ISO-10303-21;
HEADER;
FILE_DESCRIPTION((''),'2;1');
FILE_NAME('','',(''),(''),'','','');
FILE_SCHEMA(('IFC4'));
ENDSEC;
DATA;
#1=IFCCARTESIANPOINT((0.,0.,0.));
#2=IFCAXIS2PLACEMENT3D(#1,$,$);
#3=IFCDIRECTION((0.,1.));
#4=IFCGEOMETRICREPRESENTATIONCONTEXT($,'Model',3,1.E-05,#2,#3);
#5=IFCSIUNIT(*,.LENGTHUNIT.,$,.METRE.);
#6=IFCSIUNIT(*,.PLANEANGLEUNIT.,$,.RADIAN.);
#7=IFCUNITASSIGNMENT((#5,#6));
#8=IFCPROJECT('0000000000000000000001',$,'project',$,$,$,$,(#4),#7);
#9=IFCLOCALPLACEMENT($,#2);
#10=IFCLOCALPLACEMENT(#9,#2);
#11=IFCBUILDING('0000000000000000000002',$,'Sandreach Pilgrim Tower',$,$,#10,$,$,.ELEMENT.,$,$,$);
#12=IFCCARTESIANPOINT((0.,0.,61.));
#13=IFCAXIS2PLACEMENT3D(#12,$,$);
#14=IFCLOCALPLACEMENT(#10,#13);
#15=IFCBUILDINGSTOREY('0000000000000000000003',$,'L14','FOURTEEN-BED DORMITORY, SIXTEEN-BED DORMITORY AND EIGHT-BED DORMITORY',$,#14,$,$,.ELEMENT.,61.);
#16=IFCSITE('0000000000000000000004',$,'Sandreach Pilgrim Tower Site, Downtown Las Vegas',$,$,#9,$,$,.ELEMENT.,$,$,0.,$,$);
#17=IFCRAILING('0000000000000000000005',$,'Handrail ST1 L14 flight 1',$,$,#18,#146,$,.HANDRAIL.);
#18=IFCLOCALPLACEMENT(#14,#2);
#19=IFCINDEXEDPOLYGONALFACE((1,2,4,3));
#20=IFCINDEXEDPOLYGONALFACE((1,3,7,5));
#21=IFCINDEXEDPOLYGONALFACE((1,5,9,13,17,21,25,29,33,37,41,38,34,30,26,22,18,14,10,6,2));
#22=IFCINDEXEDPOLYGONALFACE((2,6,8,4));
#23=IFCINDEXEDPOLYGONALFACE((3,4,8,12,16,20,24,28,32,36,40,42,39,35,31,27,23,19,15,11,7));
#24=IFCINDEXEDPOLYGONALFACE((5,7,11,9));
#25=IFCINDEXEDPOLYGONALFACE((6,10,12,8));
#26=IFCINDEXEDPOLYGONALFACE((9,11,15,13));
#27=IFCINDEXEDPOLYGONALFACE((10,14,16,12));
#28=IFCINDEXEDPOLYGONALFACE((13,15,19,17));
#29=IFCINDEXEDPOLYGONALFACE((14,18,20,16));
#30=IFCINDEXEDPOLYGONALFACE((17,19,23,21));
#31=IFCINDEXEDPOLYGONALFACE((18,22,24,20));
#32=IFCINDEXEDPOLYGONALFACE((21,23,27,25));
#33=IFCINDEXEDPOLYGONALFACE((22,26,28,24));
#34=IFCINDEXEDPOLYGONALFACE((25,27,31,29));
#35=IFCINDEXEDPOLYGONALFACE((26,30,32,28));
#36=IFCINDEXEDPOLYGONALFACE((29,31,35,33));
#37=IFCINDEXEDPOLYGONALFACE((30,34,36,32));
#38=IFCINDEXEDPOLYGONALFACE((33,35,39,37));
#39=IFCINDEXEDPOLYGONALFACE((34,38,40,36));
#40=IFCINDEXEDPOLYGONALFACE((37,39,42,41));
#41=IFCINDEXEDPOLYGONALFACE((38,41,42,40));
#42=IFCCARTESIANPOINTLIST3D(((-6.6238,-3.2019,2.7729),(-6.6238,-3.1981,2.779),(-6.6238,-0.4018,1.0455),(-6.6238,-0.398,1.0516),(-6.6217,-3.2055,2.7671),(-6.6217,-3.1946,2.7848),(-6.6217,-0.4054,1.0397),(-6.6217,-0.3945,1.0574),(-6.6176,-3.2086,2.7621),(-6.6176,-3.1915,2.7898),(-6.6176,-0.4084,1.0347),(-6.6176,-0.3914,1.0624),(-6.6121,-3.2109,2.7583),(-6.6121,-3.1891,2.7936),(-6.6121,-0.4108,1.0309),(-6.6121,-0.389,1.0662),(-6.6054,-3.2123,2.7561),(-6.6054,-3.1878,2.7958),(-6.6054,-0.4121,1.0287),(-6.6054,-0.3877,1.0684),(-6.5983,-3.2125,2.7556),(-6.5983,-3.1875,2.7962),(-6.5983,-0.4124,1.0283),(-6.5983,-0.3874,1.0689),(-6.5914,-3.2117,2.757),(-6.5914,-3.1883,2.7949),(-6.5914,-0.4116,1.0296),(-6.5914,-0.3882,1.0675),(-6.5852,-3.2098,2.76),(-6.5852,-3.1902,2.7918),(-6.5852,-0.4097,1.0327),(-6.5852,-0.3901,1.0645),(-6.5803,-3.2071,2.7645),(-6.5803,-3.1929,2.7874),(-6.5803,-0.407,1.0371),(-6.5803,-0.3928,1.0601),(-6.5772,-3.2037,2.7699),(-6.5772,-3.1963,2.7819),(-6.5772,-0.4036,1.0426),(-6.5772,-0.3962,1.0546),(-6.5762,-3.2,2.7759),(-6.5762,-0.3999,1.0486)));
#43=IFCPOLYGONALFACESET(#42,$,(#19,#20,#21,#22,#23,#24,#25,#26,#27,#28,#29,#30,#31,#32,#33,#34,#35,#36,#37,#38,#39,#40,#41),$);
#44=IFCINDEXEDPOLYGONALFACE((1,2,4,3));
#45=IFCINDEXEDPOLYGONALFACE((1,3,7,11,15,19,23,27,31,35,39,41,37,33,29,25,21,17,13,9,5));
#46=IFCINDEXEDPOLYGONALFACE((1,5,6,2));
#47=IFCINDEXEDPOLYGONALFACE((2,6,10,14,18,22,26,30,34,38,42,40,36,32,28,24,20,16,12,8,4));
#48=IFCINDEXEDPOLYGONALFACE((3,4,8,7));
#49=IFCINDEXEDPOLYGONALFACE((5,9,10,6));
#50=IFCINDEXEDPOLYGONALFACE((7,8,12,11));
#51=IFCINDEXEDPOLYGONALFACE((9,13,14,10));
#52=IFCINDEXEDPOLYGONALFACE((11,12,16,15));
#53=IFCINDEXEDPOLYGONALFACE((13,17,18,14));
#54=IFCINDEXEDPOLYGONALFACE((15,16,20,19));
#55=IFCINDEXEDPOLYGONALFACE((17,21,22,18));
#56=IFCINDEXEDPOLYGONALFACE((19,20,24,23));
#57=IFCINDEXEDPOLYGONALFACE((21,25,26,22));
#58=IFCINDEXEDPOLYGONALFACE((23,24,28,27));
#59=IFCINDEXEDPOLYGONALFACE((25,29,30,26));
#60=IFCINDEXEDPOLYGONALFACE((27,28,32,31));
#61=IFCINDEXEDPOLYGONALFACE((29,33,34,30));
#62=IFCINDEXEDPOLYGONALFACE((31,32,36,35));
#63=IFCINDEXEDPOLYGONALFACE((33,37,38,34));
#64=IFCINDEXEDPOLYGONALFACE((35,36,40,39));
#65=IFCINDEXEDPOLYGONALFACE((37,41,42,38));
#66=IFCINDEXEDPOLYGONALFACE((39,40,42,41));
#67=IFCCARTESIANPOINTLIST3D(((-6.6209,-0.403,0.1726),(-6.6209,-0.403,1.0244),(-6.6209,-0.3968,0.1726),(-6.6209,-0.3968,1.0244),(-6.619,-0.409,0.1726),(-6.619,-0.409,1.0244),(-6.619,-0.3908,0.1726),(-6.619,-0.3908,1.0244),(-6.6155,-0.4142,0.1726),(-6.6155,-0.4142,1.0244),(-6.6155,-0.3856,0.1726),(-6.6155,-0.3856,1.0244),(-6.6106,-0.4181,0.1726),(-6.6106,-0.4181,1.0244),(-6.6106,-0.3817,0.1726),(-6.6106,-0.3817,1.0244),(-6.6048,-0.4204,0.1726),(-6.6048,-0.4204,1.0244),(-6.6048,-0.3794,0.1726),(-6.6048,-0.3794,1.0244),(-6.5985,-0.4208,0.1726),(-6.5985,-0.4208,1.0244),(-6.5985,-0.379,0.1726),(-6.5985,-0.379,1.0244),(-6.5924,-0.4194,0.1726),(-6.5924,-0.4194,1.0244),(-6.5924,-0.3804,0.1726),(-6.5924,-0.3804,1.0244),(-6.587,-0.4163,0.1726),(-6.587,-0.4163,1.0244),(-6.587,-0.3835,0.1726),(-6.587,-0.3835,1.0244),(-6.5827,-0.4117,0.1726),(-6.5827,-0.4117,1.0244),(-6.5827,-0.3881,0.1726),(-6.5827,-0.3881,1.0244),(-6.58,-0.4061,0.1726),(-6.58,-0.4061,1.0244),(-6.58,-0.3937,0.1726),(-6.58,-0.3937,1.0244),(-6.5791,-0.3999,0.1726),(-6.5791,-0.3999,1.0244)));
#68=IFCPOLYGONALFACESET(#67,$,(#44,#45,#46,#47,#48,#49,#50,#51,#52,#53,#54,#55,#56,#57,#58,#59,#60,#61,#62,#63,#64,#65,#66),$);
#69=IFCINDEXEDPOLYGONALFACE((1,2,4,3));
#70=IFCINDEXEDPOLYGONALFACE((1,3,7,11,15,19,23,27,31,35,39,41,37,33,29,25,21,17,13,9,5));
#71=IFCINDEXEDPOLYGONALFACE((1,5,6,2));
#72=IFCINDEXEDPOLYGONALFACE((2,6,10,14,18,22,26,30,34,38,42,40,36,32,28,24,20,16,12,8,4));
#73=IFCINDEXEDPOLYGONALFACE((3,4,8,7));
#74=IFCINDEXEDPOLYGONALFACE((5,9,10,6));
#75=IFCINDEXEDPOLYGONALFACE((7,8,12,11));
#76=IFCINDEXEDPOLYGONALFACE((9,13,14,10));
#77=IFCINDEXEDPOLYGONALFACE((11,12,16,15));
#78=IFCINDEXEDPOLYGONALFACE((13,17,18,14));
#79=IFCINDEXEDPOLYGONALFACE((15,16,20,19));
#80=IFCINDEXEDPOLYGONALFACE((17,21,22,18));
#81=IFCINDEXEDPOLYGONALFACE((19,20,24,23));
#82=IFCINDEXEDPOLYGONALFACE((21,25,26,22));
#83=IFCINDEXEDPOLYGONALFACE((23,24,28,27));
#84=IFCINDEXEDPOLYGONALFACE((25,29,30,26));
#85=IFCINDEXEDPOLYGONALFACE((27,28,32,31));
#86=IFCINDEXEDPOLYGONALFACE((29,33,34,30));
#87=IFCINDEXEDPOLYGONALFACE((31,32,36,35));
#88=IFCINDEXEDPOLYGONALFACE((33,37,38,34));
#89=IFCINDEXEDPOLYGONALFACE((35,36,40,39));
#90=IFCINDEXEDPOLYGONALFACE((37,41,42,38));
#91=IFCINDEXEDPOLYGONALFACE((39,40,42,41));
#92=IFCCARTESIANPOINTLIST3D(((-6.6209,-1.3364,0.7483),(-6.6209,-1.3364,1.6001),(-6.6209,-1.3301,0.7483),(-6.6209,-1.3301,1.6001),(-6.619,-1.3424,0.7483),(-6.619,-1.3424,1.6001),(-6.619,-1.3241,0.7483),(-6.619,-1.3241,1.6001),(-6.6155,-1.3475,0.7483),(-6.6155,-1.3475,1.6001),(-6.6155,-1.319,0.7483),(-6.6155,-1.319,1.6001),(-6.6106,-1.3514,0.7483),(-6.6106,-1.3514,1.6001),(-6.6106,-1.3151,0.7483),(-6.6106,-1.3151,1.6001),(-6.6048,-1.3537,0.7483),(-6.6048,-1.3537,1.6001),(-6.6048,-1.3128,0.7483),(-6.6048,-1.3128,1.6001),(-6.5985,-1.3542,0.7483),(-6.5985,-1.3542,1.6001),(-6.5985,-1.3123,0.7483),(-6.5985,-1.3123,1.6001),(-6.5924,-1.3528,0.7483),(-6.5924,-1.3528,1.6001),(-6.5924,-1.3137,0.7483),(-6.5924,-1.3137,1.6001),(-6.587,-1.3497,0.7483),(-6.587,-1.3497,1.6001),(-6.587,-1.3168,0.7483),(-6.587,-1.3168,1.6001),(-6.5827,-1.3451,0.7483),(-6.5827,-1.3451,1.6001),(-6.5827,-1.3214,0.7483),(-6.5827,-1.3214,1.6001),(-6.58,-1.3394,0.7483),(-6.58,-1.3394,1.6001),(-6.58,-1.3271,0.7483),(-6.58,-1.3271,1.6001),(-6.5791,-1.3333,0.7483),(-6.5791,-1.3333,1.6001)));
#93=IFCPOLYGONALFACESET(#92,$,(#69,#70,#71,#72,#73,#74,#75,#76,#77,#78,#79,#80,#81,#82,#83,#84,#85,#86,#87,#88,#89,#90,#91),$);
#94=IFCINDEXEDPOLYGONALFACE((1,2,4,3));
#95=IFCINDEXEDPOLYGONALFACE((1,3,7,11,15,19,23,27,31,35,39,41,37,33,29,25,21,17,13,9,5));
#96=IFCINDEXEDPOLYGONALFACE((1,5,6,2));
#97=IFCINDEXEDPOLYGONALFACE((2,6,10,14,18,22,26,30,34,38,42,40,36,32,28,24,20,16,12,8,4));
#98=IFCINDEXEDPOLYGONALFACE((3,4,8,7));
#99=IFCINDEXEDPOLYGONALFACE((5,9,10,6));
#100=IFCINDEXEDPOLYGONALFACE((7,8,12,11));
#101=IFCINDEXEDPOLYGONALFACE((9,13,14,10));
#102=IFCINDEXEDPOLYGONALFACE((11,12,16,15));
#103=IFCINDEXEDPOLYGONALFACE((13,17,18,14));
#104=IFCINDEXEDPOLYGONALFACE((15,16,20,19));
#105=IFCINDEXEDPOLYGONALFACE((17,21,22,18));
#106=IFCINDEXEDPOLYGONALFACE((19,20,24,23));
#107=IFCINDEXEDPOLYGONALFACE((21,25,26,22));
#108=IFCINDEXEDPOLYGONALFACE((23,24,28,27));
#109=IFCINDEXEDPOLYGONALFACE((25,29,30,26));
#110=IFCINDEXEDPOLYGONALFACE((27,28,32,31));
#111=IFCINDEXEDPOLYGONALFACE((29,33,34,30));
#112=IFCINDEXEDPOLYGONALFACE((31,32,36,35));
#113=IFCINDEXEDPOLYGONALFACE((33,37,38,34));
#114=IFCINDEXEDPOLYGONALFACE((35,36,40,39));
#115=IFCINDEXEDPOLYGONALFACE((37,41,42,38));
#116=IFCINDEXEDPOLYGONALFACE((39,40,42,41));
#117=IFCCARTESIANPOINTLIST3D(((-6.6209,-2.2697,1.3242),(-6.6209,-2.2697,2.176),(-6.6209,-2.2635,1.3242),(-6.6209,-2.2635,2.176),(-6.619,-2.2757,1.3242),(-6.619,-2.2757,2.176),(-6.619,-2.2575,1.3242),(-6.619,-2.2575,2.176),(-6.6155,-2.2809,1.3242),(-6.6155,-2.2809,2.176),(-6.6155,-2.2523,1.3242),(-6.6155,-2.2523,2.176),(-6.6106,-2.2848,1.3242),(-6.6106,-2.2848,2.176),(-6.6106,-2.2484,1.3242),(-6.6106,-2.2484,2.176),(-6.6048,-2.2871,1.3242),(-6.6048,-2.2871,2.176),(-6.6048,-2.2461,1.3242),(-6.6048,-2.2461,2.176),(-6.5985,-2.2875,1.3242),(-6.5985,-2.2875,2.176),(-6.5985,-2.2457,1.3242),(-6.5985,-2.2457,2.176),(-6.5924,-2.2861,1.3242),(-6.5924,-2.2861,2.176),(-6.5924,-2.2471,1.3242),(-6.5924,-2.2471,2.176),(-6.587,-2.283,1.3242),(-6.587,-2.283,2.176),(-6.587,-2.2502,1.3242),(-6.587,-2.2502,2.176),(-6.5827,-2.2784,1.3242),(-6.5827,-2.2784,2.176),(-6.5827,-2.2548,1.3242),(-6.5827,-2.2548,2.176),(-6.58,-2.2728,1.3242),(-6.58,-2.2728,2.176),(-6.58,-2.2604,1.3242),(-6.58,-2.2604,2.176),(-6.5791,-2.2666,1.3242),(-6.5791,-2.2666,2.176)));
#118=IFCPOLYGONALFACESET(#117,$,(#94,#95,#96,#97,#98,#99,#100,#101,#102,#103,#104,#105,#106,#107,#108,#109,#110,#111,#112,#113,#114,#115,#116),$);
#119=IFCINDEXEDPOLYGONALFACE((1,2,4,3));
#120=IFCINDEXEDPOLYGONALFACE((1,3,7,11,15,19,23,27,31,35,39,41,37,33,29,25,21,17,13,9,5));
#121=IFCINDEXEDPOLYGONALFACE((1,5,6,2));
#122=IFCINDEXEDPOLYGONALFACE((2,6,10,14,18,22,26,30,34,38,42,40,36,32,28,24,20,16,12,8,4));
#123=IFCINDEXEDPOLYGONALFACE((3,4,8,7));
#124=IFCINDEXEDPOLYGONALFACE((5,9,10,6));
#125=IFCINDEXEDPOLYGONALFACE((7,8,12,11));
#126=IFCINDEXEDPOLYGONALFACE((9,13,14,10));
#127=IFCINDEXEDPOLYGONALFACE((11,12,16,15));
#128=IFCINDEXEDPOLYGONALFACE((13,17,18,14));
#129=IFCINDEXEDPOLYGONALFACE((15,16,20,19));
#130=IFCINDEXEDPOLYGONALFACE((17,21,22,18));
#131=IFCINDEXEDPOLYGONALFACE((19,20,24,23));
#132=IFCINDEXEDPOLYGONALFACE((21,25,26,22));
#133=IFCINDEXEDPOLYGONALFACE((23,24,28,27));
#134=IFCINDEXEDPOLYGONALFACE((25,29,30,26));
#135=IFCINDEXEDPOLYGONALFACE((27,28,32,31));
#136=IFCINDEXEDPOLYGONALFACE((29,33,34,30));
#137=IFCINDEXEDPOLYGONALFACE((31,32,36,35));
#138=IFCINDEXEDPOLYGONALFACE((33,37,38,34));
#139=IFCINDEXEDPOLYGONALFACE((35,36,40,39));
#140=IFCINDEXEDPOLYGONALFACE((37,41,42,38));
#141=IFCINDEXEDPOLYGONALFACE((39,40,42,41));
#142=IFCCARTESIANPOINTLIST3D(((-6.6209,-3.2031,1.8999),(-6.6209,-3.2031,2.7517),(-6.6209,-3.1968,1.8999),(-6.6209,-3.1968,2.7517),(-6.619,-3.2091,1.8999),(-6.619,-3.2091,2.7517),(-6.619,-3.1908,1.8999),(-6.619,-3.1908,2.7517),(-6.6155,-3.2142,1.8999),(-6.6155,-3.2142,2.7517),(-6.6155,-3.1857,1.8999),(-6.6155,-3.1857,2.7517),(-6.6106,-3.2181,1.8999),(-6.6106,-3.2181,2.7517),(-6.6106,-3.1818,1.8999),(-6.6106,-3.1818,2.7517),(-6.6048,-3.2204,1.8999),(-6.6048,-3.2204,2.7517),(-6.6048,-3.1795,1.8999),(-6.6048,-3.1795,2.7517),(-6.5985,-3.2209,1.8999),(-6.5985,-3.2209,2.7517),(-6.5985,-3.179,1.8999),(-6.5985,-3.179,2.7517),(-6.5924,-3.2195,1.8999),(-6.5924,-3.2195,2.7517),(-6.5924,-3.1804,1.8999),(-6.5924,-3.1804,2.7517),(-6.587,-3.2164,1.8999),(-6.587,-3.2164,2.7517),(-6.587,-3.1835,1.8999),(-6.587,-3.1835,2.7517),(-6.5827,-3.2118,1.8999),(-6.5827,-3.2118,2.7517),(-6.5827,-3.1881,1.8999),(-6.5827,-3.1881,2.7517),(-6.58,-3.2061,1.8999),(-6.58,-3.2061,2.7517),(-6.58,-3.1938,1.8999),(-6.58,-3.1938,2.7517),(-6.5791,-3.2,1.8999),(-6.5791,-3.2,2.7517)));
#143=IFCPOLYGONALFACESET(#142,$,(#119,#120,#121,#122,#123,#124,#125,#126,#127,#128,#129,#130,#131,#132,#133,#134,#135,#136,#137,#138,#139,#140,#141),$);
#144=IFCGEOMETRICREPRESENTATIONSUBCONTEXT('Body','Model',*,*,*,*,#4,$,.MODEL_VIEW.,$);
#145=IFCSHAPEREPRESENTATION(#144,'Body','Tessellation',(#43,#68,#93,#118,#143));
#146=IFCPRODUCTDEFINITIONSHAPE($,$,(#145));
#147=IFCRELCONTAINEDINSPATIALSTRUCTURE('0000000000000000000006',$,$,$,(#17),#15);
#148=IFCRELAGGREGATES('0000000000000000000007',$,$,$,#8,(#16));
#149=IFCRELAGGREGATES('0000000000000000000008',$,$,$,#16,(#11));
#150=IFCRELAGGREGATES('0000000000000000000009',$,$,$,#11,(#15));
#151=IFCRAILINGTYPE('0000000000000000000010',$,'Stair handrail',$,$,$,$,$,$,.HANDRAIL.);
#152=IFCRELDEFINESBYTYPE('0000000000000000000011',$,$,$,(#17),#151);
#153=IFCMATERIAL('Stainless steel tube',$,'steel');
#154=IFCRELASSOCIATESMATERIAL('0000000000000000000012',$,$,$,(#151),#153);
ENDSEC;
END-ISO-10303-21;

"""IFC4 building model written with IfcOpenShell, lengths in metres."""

from ifc_helpers import new_model, si_unit, direction, frame, origin, origin_2d, place, context, subcontext, project, spatial, circle, extrude, material, type_object, element, save


model = new_model("IFC4")

# Units and contexts
model_context = context("Model", 3, precision=1e-05, world=origin(), true_north=direction((0.0, 1.0)))
body_context = subcontext(model_context, "Body", "Model", "MODEL_VIEW")
ifc_project = project(units=[si_unit("LENGTHUNIT", "METRE"), si_unit("PLANEANGLEUNIT", "RADIAN")], contexts=[model_context])

# Site, building, storey
site_placement = place(None, origin())
site = spatial("IfcSite", under=ifc_project, at=site_placement, Name="Sandreach Pilgrim Tower Site, Downtown Las Vegas", CompositionType="ELEMENT", RefElevation=0.0)
building_placement = place(site_placement, origin())
building = spatial("IfcBuilding", under=site, at=building_placement, Name="Sandreach Pilgrim Tower", CompositionType="ELEMENT")
storey_placement = place(building_placement, frame((0.0, 0.0, 61.0)))
storey = spatial("IfcBuildingStorey", under=building, at=storey_placement, Name="L14", Description="FOURTEEN-BED DORMITORY, SIXTEEN-BED DORMITORY AND EIGHT-BED DORMITORY", CompositionType="ELEMENT", Elevation=61.0)

# Railing
ifc_material_1 = material(Name="Stainless steel tube", Category="steel")
railing_type = type_object("IfcRailingType", Name="Stair handrail", PredefinedType="HANDRAIL", material=ifc_material_1)
for number, where, name in (
    (1, (-6.6001, -0.3999, 0.1726), "Handrail ST1 L14 flight 1"),
):
    element("IfcRailing", number, at=place(storey_placement, frame(where)), inside=storey, type_object=railing_type, Name=name, PredefinedType="HANDRAIL", context=body_context, shape_type="SweptSolid", body=[
        extrude(circle(Radius=0.0239, at=origin_2d()), frame((0.0, 0.0, 0.876), z_axis=(0.0, -0.85109, 0.52502), x_axis=(1.0, 0.0, 0.0)), (0.0, 0.0, 1.0), 3.29),
        extrude(circle(Radius=0.021, at=origin_2d()), origin(), (0.0, 0.0, 1.0), 0.8518),
        extrude(circle(Radius=0.021, at=origin_2d()), frame((0.0, -0.9333, 0.5757)), (0.0, 0.0, 1.0), 0.8518),
        extrude(circle(Radius=0.021, at=origin_2d()), frame((0.0, -1.8667, 1.1516)), (0.0, 0.0, 1.0), 0.8518),
        extrude(circle(Radius=0.021, at=origin_2d()), frame((0.0, -2.8, 1.7273)), (0.0, 0.0, 1.0), 0.8518),
    ])

save(model, "model.ifc")
